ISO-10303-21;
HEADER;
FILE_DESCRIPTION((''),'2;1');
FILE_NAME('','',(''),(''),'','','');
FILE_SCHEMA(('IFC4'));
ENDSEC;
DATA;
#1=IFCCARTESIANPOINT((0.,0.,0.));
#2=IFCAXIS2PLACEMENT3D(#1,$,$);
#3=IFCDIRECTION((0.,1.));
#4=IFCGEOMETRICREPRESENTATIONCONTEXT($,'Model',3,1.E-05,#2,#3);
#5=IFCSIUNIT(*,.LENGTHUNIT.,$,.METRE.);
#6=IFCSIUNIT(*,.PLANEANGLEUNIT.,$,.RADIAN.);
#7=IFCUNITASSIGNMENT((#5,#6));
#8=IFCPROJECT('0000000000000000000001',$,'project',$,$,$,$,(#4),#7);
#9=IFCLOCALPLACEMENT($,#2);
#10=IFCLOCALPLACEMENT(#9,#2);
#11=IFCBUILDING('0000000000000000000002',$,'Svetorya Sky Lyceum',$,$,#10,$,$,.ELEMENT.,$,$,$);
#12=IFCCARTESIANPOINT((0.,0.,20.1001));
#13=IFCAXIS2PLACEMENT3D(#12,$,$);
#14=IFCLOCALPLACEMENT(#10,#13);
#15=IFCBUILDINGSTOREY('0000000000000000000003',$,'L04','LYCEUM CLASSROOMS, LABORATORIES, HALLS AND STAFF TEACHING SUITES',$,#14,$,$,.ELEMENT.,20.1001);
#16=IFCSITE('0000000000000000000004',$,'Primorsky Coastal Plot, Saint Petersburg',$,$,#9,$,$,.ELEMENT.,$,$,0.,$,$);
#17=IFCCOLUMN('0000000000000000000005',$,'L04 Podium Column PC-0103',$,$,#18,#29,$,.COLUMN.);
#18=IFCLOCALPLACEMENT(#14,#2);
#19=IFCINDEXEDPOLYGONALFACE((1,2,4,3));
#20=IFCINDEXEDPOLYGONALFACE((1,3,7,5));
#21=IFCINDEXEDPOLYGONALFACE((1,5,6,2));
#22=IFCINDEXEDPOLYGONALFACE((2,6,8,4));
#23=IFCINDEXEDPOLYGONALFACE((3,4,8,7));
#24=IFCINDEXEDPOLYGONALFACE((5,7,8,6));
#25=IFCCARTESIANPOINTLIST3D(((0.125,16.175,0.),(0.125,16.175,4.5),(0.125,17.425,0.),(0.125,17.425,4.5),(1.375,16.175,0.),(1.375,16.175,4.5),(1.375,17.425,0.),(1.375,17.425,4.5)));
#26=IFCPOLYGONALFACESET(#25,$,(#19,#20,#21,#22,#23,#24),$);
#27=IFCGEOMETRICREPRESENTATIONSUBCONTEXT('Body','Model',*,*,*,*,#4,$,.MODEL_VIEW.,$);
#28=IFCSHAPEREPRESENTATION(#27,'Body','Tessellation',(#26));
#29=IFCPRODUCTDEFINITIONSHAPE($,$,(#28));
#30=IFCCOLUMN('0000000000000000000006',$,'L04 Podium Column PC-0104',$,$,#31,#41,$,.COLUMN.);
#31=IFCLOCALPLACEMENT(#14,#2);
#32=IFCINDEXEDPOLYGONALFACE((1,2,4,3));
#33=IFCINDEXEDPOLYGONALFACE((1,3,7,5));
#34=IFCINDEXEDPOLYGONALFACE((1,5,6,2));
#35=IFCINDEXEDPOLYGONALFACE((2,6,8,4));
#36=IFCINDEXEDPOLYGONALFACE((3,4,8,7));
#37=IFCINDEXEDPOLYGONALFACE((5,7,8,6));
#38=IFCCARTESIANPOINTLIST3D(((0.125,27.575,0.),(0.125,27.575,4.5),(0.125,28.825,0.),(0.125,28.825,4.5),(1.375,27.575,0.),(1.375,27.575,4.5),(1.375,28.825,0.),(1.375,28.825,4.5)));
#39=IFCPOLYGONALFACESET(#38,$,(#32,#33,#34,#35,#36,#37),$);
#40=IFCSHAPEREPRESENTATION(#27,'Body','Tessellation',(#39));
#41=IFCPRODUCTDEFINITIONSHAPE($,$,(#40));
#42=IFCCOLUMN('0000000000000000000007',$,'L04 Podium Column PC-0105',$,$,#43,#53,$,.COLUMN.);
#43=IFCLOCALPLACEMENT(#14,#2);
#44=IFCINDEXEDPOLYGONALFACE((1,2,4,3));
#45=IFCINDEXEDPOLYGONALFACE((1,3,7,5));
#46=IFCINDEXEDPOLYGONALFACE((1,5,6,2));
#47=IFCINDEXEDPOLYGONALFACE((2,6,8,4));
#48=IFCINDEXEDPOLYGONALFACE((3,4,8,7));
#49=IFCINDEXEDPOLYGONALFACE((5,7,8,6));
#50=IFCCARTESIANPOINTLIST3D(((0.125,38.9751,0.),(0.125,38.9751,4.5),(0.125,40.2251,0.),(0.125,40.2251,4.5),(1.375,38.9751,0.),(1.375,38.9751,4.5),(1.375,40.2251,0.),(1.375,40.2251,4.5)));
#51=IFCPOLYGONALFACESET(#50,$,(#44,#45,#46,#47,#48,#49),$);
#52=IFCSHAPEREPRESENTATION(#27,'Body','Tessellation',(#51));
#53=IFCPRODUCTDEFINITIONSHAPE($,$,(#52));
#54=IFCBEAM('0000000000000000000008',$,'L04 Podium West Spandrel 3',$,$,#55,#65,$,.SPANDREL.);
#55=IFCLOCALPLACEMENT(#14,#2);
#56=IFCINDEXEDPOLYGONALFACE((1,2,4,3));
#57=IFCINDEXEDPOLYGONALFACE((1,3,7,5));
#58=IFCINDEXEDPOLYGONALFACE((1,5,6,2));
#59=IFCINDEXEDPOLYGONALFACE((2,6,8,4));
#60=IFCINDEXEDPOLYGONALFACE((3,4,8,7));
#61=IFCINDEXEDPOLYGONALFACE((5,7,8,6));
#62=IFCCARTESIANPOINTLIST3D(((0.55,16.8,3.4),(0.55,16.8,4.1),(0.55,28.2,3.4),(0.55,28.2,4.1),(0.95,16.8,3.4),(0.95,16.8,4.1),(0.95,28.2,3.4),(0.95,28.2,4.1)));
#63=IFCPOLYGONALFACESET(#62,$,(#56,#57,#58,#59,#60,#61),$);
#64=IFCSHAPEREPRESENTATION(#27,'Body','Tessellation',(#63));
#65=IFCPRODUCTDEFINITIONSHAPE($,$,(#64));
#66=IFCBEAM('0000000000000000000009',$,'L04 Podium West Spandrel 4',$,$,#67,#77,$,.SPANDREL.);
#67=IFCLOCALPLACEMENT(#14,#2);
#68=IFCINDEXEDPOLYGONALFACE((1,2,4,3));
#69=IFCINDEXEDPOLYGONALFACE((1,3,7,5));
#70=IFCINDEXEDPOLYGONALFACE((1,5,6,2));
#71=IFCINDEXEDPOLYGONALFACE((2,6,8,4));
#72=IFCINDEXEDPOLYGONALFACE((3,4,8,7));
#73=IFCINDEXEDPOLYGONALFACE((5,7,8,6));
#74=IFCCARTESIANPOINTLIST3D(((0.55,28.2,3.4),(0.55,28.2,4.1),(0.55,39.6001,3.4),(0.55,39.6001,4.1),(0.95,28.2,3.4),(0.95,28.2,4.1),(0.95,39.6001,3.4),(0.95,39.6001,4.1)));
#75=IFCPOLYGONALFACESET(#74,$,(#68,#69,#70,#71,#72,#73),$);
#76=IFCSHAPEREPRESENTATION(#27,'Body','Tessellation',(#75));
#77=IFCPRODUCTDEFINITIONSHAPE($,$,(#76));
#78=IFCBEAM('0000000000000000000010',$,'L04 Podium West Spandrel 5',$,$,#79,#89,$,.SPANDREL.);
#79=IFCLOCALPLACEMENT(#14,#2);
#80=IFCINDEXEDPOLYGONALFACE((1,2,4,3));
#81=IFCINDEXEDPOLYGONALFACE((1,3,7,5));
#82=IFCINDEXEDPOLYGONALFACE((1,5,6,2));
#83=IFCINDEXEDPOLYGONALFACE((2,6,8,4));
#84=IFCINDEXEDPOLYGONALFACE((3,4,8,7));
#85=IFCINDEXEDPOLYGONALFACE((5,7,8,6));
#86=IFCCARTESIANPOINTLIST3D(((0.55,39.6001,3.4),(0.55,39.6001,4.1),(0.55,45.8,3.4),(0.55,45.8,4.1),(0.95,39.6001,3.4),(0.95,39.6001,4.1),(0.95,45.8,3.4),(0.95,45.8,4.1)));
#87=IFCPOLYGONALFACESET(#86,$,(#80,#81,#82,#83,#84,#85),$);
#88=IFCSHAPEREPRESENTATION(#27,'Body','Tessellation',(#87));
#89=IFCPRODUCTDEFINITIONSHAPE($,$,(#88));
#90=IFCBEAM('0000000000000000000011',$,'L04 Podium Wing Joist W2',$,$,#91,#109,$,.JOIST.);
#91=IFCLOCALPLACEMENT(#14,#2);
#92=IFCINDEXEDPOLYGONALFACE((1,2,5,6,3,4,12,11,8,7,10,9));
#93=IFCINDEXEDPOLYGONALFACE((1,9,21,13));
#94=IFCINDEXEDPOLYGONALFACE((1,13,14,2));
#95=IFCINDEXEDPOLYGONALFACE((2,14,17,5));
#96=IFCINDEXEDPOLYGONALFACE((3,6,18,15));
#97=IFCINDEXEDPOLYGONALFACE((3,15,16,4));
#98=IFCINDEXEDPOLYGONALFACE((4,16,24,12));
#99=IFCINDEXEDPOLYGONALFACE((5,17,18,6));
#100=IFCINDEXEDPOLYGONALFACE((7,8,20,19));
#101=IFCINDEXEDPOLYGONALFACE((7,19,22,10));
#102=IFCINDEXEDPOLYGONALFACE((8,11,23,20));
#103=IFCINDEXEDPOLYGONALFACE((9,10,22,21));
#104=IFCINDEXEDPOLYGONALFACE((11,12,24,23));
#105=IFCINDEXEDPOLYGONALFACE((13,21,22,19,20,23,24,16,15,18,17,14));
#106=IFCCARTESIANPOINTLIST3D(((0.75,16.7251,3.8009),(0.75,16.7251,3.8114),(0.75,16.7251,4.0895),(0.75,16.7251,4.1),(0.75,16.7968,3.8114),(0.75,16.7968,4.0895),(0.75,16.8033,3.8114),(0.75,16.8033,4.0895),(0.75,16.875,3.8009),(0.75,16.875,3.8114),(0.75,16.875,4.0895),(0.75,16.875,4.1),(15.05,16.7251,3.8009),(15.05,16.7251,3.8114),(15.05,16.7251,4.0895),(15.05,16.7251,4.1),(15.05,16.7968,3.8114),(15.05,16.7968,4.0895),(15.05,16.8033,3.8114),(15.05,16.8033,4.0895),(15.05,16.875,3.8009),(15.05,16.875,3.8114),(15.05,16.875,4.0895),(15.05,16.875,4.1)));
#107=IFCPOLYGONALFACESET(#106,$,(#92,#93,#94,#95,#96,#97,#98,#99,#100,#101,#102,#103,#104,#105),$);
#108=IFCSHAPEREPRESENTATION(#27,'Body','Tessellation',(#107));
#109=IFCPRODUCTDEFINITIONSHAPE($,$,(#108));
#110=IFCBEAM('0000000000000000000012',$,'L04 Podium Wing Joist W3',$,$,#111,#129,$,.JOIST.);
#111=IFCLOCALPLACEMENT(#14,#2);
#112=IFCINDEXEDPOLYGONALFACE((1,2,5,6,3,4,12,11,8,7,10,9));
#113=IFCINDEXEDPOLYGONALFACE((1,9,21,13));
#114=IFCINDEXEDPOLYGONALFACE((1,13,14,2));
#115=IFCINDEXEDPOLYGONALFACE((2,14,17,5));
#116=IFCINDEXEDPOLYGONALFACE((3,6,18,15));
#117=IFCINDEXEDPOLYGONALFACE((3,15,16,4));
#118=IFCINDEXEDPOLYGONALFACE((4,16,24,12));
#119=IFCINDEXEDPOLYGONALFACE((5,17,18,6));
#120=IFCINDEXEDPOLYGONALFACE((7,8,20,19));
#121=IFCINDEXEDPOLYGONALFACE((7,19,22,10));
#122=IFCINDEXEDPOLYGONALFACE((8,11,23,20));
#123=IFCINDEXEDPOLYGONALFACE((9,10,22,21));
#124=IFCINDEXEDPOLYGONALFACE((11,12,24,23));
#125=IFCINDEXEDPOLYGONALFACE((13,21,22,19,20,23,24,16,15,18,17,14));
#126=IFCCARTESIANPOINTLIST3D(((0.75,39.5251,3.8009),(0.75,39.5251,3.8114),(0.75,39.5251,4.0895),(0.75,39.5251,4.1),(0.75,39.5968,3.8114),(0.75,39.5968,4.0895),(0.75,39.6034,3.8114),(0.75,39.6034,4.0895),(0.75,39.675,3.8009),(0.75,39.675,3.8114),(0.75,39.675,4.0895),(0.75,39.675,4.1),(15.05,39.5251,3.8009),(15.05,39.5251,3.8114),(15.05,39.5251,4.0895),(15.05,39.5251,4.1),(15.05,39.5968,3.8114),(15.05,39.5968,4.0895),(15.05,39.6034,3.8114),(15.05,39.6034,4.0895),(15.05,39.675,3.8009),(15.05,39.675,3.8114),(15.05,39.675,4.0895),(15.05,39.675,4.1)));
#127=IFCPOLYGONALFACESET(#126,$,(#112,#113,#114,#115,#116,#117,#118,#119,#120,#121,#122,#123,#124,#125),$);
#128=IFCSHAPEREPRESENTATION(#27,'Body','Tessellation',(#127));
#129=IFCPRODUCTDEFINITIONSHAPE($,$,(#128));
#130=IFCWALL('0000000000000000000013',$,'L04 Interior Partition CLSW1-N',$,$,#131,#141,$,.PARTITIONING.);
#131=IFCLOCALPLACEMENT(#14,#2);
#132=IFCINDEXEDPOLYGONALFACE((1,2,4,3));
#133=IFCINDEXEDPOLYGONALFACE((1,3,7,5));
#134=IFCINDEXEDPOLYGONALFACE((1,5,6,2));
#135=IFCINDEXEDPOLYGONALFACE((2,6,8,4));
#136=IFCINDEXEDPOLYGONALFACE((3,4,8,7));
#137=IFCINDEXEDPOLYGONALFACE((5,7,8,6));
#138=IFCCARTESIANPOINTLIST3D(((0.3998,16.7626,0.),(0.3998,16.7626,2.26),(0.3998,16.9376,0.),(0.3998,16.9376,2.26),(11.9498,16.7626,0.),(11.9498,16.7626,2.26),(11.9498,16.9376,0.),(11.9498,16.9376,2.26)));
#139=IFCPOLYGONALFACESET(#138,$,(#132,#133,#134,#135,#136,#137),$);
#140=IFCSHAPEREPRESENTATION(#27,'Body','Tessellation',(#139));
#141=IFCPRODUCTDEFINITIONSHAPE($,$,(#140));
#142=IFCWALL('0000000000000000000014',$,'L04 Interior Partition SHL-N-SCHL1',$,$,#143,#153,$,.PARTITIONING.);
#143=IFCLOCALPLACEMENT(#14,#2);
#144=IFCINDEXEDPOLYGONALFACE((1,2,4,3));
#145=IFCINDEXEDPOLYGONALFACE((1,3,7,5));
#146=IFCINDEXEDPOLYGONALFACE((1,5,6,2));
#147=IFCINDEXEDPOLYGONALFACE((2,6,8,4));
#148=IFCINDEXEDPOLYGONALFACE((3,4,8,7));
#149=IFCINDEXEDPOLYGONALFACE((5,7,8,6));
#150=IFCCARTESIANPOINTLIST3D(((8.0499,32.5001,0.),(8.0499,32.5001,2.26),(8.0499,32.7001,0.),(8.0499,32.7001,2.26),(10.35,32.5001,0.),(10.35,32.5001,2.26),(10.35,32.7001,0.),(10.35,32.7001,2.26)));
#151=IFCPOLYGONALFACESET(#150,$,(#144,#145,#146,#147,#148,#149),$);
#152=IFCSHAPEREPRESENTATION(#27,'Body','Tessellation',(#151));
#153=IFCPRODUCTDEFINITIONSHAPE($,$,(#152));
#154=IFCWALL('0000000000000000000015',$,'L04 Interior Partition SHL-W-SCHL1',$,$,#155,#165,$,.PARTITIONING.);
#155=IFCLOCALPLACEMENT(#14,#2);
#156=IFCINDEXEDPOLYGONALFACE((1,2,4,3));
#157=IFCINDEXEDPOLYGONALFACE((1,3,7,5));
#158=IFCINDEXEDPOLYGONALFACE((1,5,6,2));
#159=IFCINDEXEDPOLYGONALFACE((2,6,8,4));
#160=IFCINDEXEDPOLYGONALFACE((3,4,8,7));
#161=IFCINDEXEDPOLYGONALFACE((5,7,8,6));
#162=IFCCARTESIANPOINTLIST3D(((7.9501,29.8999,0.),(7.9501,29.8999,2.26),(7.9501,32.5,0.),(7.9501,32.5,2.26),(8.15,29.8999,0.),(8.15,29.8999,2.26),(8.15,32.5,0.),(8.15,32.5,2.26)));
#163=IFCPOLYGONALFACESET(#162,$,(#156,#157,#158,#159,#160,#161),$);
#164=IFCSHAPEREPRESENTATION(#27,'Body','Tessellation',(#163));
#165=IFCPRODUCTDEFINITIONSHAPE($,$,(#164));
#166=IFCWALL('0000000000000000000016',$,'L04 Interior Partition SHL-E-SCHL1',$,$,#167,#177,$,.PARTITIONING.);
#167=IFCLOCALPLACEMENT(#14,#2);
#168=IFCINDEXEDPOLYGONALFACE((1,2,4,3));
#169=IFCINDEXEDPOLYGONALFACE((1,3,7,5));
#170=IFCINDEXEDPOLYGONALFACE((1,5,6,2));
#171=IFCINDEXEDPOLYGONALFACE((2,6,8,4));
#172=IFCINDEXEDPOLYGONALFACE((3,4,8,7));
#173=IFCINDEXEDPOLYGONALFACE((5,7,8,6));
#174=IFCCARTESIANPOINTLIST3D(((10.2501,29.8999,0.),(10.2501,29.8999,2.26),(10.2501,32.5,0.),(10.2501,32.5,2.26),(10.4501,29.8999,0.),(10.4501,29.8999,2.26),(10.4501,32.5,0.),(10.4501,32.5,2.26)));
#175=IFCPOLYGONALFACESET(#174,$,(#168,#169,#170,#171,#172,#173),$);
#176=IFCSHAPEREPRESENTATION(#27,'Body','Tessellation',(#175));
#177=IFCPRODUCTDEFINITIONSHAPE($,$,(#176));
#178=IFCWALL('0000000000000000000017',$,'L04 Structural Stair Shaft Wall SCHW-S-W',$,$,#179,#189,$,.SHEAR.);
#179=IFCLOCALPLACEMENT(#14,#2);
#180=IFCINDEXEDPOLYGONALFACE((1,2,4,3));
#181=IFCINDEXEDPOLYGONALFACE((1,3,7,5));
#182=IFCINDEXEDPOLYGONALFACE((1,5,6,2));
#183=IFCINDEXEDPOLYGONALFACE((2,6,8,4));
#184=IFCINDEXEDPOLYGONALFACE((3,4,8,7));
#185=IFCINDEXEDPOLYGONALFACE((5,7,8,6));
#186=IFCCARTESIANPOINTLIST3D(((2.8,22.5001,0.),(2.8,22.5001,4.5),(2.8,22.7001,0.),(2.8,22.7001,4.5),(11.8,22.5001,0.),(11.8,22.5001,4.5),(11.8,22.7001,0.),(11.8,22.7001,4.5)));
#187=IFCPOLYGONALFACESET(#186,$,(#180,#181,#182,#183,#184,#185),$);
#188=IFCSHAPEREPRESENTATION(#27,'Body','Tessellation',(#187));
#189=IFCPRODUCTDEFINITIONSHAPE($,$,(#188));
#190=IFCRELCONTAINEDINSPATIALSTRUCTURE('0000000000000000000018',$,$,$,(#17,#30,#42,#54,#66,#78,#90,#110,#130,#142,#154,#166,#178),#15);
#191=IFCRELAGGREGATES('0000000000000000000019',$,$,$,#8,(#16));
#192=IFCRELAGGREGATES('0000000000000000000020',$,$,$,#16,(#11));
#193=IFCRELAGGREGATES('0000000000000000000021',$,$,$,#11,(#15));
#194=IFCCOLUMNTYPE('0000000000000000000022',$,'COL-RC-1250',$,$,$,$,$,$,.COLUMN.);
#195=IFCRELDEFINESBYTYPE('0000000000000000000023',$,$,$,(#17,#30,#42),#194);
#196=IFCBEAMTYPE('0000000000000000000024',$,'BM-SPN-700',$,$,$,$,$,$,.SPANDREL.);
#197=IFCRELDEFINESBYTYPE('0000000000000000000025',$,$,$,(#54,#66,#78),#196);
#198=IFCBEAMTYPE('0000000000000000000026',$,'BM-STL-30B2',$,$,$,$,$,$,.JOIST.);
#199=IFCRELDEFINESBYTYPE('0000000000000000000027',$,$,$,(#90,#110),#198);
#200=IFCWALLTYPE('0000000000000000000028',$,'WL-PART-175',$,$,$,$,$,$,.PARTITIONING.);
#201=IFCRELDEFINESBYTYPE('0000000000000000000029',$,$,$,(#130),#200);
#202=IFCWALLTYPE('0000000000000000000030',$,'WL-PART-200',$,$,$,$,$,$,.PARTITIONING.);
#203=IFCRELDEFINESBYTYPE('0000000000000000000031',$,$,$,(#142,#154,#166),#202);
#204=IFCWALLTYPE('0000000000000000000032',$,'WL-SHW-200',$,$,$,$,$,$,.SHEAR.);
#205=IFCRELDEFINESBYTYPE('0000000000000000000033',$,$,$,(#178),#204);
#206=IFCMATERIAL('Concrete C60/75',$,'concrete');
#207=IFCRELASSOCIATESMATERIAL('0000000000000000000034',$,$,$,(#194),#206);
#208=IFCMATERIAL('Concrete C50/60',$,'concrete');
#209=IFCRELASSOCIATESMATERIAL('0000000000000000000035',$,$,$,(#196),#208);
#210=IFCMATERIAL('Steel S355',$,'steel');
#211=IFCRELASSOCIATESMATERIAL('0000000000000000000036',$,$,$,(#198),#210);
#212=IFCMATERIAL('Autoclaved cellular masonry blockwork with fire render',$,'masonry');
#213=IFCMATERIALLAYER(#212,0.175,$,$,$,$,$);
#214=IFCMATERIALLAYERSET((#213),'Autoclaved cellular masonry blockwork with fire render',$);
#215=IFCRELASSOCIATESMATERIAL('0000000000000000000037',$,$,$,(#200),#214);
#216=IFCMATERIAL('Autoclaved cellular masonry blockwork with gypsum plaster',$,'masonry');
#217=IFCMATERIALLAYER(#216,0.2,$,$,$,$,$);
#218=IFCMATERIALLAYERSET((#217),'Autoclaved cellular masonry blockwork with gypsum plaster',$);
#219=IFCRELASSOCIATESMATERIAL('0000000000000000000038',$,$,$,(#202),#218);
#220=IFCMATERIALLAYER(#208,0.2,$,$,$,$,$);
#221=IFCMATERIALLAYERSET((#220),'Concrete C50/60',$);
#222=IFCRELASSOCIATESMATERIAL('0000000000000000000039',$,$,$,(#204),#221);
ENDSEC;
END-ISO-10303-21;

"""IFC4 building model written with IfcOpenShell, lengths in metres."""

from ifc_helpers import new_model, si_unit, direction, frame, frame_2d, origin, origin_2d, place, context, subcontext, project, spatial, rectangle, i_section, extrude, material, layer, layer_set, material_profile, profile_set, type_object, element, save


model = new_model("IFC4")

# Units and contexts
model_context = context("Model", 3, precision=1e-05, world=origin(), true_north=direction((0.0, 1.0)))
body_context = subcontext(model_context, "Body", "Model", "MODEL_VIEW")
ifc_project = project(units=[si_unit("LENGTHUNIT", "METRE"), si_unit("PLANEANGLEUNIT", "RADIAN")], contexts=[model_context])

# Site, building, storey
site_placement = place(None, origin())
site = spatial("IfcSite", under=ifc_project, at=site_placement, Name="Primorsky Coastal Plot, Saint Petersburg", CompositionType="ELEMENT", RefElevation=0.0)
building_placement = place(site_placement, origin())
building = spatial("IfcBuilding", under=site, at=building_placement, Name="Svetorya Sky Lyceum", CompositionType="ELEMENT")
storey_placement = place(building_placement, frame((0.0, 0.0, 20.1001)))
storey = spatial("IfcBuildingStorey", under=building, at=storey_placement, Name="L04", Description="LYCEUM CLASSROOMS, LABORATORIES, HALLS AND STAFF TEACHING SUITES", CompositionType="ELEMENT", Elevation=20.1001)

# Columns
ifc_material_1 = material(Name="Concrete C60/75", Category="concrete")
ifc_material_profile_1 = material_profile(ifc_material_1, rectangle(XDim=1.25, YDim=1.25, at=origin_2d()), Name="RC COL 1250x1250")
ifc_profile_set_1 = profile_set([ifc_material_profile_1], Name="Concrete C60/75")
column_type = type_object("IfcColumnType", Name="COL-RC-1250", PredefinedType="COLUMN", material=ifc_profile_set_1)
for number, where, z_axis, x_axis, name in (
    (1, (0.75, 16.8, 0.0), (0.0, 0.0, 1.0), (1.0, 0.0, 0.0), "L04 Podium Column PC-0103"),
    (2, (0.75, 28.2, 0.0), (0.0, 0.0, 1.0), (1.0, 0.0, 0.0), "L04 Podium Column PC-0104"),
    (3, (0.75, 39.6001, 0.0), (0.0, 0.0, 1.0), (1.0, 0.0, 0.0), "L04 Podium Column PC-0105"),
):
    element("IfcColumn", number, at=place(storey_placement, frame(where, z_axis=z_axis, x_axis=x_axis)), inside=storey, type_object=column_type, Name=name, PredefinedType="COLUMN", context=body_context, shape_type="SweptSolid", body=[
        extrude(rectangle(XDim=1.25, YDim=1.25, at=origin_2d()), origin(), (0.0, 0.0, 1.0), 4.5),
    ])

# Beams
ifc_material_2 = material(Name="Concrete C50/60", Category="concrete")
ifc_material_profile_2 = material_profile(ifc_material_2, rectangle(XDim=0.3999, YDim=0.7, at=origin_2d()), Name="RC SPANDREL 400x700")
ifc_profile_set_2 = profile_set([ifc_material_profile_2], Name="Concrete C50/60")
beam_type_1 = type_object("IfcBeamType", Name="BM-SPN-700", PredefinedType="SPANDREL", material=ifc_profile_set_2)
beam_1_placement = place(storey_placement, frame((0.75, 16.8, 3.75), z_axis=(0.0, 1.0, 0.0), x_axis=(-1.0, 0.0, 0.0)))
element("IfcBeam", 4, at=beam_1_placement, inside=storey, type_object=beam_type_1, Name="L04 Podium West Spandrel 3", PredefinedType="SPANDREL", context=body_context, shape_type="SweptSolid", body=[
    extrude(rectangle(XDim=0.3999, YDim=0.7, at=origin_2d()), origin(), (0.0, 0.0, 1.0), 11.3999),
])
beam_2_placement = place(storey_placement, frame((0.75, 28.2, 3.75), z_axis=(0.0, 1.0, 0.0), x_axis=(-1.0, 0.0, 0.0)))
element("IfcBeam", 5, at=beam_2_placement, inside=storey, type_object=beam_type_1, Name="L04 Podium West Spandrel 4", PredefinedType="SPANDREL", context=body_context, shape_type="SweptSolid", body=[
    extrude(rectangle(XDim=0.3999, YDim=0.7, at=origin_2d()), origin(), (0.0, 0.0, 1.0), 11.4001),
])
beam_3_placement = place(storey_placement, frame((0.75, 39.6001, 3.75), z_axis=(0.0, 1.0, 0.0), x_axis=(-1.0, 0.0, 0.0)))
element("IfcBeam", 6, at=beam_3_placement, inside=storey, type_object=beam_type_1, Name="L04 Podium West Spandrel 5", PredefinedType="SPANDREL", context=body_context, shape_type="SweptSolid", body=[
    extrude(rectangle(XDim=0.3999, YDim=0.7, at=origin_2d()), origin(), (0.0, 0.0, 1.0), 6.2),
])
ifc_material_3 = material(Name="Steel S355", Category="steel")
ifc_material_profile_3 = material_profile(ifc_material_3, i_section(OverallWidth=0.1499, OverallDepth=0.2991, WebThickness=0.0066, FlangeThickness=0.0105, at=origin_2d()), Name="GOST 30B2")
ifc_profile_set_3 = profile_set([ifc_material_profile_3], Name="Steel S355")
beam_type_2 = type_object("IfcBeamType", Name="BM-STL-30B2", PredefinedType="JOIST", material=ifc_profile_set_3)
for number, where, z_axis, x_axis, name in (
    (7, (0.75, 16.8, 3.9504), (1.0, 0.0, 0.0), (0.0, 1.0, 0.0), "L04 Podium Wing Joist W2"),
    (8, (0.75, 39.6001, 3.9504), (1.0, 0.0, 0.0), (0.0, 1.0, 0.0), "L04 Podium Wing Joist W3"),
):
    element("IfcBeam", number, at=place(storey_placement, frame(where, z_axis=z_axis, x_axis=x_axis)), inside=storey, type_object=beam_type_2, Name=name, PredefinedType="JOIST", context=body_context, shape_type="SweptSolid", body=[
        extrude(i_section(OverallWidth=0.1499, OverallDepth=0.2991, WebThickness=0.0066, FlangeThickness=0.0105, at=origin_2d()), origin(), (0.0, 0.0, 1.0), 14.3),
    ])

# Walls
ifc_material_4 = material(Name="Autoclaved cellular masonry blockwork with fire render", Category="masonry")
ifc_layer_1 = layer(ifc_material_4, 0.175)
ifc_layer_set_1 = layer_set([ifc_layer_1], Name="Autoclaved cellular masonry blockwork with fire render")
wall_type_1 = type_object("IfcWallType", Name="WL-PART-175", PredefinedType="PARTITIONING", material=ifc_layer_set_1)
wall_1_placement = place(storey_placement, frame((0.3999, 16.8501, 0.0), z_axis=(0.0, 0.0, 1.0), x_axis=(1.0, 0.0, 0.0)))
element("IfcWall", 9, at=wall_1_placement, inside=storey, type_object=wall_type_1, Name="L04 Interior Partition CLSW1-N", PredefinedType="PARTITIONING", context=body_context, shape_type="SweptSolid", body=[
    extrude(rectangle(XDim=11.55, YDim=0.175, at=frame_2d((5.7749, 0.0))), origin(), (0.0, 0.0, 1.0), 2.26),
])
ifc_material_5 = material(Name="Autoclaved cellular masonry blockwork with gypsum plaster", Category="masonry")
ifc_layer_2 = layer(ifc_material_5, 0.2)
ifc_layer_set_2 = layer_set([ifc_layer_2], Name="Autoclaved cellular masonry blockwork with gypsum plaster")
wall_type_2 = type_object("IfcWallType", Name="WL-PART-200", PredefinedType="PARTITIONING", material=ifc_layer_set_2)
wall_2_placement = place(storey_placement, frame((8.05, 32.6001, 0.0), z_axis=(0.0, 0.0, 1.0), x_axis=(1.0, 0.0, 0.0)))
element("IfcWall", 10, at=wall_2_placement, inside=storey, type_object=wall_type_2, Name="L04 Interior Partition SHL-N-SCHL1", PredefinedType="PARTITIONING", context=body_context, shape_type="SweptSolid", body=[
    extrude(rectangle(XDim=2.3, YDim=0.2, at=frame_2d((1.1499, 0.0))), origin(), (0.0, 0.0, 1.0), 2.26),
])
for number, where, z_axis, x_axis, name in (
    (11, (8.05, 29.8999, 0.0), (0.0, 0.0, 1.0), (0.0, 1.0, 0.0), "L04 Interior Partition SHL-W-SCHL1"),
    (12, (10.3501, 29.8999, 0.0), (0.0, 0.0, 1.0), (0.0, 1.0, 0.0), "L04 Interior Partition SHL-E-SCHL1"),
):
    element("IfcWall", number, at=place(storey_placement, frame(where, z_axis=z_axis, x_axis=x_axis)), inside=storey, type_object=wall_type_2, Name=name, PredefinedType="PARTITIONING", context=body_context, shape_type="SweptSolid", body=[
        extrude(rectangle(XDim=2.6001, YDim=0.2, at=frame_2d((1.3, 0.0))), origin(), (0.0, 0.0, 1.0), 2.26),
    ])

# Wall
ifc_layer_3 = layer(ifc_material_2, 0.2)
ifc_layer_set_3 = layer_set([ifc_layer_3], Name="Concrete C50/60")
wall_type_3 = type_object("IfcWallType", Name="WL-SHW-200", PredefinedType="SHEAR", material=ifc_layer_set_3)
wall_3_placement = place(storey_placement, frame((2.8, 22.6001, 0.0), z_axis=(0.0, 0.0, 1.0), x_axis=(1.0, 0.0, 0.0)))
element("IfcWall", 13, at=wall_3_placement, inside=storey, type_object=wall_type_3, Name="L04 Structural Stair Shaft Wall SCHW-S-W", PredefinedType="SHEAR", context=body_context, shape_type="SweptSolid", body=[
    extrude(rectangle(XDim=9.0, YDim=0.2, at=frame_2d((4.5, 0.0))), origin(), (0.0, 0.0, 1.0), 4.5),
])

save(model, "model.ifc")
